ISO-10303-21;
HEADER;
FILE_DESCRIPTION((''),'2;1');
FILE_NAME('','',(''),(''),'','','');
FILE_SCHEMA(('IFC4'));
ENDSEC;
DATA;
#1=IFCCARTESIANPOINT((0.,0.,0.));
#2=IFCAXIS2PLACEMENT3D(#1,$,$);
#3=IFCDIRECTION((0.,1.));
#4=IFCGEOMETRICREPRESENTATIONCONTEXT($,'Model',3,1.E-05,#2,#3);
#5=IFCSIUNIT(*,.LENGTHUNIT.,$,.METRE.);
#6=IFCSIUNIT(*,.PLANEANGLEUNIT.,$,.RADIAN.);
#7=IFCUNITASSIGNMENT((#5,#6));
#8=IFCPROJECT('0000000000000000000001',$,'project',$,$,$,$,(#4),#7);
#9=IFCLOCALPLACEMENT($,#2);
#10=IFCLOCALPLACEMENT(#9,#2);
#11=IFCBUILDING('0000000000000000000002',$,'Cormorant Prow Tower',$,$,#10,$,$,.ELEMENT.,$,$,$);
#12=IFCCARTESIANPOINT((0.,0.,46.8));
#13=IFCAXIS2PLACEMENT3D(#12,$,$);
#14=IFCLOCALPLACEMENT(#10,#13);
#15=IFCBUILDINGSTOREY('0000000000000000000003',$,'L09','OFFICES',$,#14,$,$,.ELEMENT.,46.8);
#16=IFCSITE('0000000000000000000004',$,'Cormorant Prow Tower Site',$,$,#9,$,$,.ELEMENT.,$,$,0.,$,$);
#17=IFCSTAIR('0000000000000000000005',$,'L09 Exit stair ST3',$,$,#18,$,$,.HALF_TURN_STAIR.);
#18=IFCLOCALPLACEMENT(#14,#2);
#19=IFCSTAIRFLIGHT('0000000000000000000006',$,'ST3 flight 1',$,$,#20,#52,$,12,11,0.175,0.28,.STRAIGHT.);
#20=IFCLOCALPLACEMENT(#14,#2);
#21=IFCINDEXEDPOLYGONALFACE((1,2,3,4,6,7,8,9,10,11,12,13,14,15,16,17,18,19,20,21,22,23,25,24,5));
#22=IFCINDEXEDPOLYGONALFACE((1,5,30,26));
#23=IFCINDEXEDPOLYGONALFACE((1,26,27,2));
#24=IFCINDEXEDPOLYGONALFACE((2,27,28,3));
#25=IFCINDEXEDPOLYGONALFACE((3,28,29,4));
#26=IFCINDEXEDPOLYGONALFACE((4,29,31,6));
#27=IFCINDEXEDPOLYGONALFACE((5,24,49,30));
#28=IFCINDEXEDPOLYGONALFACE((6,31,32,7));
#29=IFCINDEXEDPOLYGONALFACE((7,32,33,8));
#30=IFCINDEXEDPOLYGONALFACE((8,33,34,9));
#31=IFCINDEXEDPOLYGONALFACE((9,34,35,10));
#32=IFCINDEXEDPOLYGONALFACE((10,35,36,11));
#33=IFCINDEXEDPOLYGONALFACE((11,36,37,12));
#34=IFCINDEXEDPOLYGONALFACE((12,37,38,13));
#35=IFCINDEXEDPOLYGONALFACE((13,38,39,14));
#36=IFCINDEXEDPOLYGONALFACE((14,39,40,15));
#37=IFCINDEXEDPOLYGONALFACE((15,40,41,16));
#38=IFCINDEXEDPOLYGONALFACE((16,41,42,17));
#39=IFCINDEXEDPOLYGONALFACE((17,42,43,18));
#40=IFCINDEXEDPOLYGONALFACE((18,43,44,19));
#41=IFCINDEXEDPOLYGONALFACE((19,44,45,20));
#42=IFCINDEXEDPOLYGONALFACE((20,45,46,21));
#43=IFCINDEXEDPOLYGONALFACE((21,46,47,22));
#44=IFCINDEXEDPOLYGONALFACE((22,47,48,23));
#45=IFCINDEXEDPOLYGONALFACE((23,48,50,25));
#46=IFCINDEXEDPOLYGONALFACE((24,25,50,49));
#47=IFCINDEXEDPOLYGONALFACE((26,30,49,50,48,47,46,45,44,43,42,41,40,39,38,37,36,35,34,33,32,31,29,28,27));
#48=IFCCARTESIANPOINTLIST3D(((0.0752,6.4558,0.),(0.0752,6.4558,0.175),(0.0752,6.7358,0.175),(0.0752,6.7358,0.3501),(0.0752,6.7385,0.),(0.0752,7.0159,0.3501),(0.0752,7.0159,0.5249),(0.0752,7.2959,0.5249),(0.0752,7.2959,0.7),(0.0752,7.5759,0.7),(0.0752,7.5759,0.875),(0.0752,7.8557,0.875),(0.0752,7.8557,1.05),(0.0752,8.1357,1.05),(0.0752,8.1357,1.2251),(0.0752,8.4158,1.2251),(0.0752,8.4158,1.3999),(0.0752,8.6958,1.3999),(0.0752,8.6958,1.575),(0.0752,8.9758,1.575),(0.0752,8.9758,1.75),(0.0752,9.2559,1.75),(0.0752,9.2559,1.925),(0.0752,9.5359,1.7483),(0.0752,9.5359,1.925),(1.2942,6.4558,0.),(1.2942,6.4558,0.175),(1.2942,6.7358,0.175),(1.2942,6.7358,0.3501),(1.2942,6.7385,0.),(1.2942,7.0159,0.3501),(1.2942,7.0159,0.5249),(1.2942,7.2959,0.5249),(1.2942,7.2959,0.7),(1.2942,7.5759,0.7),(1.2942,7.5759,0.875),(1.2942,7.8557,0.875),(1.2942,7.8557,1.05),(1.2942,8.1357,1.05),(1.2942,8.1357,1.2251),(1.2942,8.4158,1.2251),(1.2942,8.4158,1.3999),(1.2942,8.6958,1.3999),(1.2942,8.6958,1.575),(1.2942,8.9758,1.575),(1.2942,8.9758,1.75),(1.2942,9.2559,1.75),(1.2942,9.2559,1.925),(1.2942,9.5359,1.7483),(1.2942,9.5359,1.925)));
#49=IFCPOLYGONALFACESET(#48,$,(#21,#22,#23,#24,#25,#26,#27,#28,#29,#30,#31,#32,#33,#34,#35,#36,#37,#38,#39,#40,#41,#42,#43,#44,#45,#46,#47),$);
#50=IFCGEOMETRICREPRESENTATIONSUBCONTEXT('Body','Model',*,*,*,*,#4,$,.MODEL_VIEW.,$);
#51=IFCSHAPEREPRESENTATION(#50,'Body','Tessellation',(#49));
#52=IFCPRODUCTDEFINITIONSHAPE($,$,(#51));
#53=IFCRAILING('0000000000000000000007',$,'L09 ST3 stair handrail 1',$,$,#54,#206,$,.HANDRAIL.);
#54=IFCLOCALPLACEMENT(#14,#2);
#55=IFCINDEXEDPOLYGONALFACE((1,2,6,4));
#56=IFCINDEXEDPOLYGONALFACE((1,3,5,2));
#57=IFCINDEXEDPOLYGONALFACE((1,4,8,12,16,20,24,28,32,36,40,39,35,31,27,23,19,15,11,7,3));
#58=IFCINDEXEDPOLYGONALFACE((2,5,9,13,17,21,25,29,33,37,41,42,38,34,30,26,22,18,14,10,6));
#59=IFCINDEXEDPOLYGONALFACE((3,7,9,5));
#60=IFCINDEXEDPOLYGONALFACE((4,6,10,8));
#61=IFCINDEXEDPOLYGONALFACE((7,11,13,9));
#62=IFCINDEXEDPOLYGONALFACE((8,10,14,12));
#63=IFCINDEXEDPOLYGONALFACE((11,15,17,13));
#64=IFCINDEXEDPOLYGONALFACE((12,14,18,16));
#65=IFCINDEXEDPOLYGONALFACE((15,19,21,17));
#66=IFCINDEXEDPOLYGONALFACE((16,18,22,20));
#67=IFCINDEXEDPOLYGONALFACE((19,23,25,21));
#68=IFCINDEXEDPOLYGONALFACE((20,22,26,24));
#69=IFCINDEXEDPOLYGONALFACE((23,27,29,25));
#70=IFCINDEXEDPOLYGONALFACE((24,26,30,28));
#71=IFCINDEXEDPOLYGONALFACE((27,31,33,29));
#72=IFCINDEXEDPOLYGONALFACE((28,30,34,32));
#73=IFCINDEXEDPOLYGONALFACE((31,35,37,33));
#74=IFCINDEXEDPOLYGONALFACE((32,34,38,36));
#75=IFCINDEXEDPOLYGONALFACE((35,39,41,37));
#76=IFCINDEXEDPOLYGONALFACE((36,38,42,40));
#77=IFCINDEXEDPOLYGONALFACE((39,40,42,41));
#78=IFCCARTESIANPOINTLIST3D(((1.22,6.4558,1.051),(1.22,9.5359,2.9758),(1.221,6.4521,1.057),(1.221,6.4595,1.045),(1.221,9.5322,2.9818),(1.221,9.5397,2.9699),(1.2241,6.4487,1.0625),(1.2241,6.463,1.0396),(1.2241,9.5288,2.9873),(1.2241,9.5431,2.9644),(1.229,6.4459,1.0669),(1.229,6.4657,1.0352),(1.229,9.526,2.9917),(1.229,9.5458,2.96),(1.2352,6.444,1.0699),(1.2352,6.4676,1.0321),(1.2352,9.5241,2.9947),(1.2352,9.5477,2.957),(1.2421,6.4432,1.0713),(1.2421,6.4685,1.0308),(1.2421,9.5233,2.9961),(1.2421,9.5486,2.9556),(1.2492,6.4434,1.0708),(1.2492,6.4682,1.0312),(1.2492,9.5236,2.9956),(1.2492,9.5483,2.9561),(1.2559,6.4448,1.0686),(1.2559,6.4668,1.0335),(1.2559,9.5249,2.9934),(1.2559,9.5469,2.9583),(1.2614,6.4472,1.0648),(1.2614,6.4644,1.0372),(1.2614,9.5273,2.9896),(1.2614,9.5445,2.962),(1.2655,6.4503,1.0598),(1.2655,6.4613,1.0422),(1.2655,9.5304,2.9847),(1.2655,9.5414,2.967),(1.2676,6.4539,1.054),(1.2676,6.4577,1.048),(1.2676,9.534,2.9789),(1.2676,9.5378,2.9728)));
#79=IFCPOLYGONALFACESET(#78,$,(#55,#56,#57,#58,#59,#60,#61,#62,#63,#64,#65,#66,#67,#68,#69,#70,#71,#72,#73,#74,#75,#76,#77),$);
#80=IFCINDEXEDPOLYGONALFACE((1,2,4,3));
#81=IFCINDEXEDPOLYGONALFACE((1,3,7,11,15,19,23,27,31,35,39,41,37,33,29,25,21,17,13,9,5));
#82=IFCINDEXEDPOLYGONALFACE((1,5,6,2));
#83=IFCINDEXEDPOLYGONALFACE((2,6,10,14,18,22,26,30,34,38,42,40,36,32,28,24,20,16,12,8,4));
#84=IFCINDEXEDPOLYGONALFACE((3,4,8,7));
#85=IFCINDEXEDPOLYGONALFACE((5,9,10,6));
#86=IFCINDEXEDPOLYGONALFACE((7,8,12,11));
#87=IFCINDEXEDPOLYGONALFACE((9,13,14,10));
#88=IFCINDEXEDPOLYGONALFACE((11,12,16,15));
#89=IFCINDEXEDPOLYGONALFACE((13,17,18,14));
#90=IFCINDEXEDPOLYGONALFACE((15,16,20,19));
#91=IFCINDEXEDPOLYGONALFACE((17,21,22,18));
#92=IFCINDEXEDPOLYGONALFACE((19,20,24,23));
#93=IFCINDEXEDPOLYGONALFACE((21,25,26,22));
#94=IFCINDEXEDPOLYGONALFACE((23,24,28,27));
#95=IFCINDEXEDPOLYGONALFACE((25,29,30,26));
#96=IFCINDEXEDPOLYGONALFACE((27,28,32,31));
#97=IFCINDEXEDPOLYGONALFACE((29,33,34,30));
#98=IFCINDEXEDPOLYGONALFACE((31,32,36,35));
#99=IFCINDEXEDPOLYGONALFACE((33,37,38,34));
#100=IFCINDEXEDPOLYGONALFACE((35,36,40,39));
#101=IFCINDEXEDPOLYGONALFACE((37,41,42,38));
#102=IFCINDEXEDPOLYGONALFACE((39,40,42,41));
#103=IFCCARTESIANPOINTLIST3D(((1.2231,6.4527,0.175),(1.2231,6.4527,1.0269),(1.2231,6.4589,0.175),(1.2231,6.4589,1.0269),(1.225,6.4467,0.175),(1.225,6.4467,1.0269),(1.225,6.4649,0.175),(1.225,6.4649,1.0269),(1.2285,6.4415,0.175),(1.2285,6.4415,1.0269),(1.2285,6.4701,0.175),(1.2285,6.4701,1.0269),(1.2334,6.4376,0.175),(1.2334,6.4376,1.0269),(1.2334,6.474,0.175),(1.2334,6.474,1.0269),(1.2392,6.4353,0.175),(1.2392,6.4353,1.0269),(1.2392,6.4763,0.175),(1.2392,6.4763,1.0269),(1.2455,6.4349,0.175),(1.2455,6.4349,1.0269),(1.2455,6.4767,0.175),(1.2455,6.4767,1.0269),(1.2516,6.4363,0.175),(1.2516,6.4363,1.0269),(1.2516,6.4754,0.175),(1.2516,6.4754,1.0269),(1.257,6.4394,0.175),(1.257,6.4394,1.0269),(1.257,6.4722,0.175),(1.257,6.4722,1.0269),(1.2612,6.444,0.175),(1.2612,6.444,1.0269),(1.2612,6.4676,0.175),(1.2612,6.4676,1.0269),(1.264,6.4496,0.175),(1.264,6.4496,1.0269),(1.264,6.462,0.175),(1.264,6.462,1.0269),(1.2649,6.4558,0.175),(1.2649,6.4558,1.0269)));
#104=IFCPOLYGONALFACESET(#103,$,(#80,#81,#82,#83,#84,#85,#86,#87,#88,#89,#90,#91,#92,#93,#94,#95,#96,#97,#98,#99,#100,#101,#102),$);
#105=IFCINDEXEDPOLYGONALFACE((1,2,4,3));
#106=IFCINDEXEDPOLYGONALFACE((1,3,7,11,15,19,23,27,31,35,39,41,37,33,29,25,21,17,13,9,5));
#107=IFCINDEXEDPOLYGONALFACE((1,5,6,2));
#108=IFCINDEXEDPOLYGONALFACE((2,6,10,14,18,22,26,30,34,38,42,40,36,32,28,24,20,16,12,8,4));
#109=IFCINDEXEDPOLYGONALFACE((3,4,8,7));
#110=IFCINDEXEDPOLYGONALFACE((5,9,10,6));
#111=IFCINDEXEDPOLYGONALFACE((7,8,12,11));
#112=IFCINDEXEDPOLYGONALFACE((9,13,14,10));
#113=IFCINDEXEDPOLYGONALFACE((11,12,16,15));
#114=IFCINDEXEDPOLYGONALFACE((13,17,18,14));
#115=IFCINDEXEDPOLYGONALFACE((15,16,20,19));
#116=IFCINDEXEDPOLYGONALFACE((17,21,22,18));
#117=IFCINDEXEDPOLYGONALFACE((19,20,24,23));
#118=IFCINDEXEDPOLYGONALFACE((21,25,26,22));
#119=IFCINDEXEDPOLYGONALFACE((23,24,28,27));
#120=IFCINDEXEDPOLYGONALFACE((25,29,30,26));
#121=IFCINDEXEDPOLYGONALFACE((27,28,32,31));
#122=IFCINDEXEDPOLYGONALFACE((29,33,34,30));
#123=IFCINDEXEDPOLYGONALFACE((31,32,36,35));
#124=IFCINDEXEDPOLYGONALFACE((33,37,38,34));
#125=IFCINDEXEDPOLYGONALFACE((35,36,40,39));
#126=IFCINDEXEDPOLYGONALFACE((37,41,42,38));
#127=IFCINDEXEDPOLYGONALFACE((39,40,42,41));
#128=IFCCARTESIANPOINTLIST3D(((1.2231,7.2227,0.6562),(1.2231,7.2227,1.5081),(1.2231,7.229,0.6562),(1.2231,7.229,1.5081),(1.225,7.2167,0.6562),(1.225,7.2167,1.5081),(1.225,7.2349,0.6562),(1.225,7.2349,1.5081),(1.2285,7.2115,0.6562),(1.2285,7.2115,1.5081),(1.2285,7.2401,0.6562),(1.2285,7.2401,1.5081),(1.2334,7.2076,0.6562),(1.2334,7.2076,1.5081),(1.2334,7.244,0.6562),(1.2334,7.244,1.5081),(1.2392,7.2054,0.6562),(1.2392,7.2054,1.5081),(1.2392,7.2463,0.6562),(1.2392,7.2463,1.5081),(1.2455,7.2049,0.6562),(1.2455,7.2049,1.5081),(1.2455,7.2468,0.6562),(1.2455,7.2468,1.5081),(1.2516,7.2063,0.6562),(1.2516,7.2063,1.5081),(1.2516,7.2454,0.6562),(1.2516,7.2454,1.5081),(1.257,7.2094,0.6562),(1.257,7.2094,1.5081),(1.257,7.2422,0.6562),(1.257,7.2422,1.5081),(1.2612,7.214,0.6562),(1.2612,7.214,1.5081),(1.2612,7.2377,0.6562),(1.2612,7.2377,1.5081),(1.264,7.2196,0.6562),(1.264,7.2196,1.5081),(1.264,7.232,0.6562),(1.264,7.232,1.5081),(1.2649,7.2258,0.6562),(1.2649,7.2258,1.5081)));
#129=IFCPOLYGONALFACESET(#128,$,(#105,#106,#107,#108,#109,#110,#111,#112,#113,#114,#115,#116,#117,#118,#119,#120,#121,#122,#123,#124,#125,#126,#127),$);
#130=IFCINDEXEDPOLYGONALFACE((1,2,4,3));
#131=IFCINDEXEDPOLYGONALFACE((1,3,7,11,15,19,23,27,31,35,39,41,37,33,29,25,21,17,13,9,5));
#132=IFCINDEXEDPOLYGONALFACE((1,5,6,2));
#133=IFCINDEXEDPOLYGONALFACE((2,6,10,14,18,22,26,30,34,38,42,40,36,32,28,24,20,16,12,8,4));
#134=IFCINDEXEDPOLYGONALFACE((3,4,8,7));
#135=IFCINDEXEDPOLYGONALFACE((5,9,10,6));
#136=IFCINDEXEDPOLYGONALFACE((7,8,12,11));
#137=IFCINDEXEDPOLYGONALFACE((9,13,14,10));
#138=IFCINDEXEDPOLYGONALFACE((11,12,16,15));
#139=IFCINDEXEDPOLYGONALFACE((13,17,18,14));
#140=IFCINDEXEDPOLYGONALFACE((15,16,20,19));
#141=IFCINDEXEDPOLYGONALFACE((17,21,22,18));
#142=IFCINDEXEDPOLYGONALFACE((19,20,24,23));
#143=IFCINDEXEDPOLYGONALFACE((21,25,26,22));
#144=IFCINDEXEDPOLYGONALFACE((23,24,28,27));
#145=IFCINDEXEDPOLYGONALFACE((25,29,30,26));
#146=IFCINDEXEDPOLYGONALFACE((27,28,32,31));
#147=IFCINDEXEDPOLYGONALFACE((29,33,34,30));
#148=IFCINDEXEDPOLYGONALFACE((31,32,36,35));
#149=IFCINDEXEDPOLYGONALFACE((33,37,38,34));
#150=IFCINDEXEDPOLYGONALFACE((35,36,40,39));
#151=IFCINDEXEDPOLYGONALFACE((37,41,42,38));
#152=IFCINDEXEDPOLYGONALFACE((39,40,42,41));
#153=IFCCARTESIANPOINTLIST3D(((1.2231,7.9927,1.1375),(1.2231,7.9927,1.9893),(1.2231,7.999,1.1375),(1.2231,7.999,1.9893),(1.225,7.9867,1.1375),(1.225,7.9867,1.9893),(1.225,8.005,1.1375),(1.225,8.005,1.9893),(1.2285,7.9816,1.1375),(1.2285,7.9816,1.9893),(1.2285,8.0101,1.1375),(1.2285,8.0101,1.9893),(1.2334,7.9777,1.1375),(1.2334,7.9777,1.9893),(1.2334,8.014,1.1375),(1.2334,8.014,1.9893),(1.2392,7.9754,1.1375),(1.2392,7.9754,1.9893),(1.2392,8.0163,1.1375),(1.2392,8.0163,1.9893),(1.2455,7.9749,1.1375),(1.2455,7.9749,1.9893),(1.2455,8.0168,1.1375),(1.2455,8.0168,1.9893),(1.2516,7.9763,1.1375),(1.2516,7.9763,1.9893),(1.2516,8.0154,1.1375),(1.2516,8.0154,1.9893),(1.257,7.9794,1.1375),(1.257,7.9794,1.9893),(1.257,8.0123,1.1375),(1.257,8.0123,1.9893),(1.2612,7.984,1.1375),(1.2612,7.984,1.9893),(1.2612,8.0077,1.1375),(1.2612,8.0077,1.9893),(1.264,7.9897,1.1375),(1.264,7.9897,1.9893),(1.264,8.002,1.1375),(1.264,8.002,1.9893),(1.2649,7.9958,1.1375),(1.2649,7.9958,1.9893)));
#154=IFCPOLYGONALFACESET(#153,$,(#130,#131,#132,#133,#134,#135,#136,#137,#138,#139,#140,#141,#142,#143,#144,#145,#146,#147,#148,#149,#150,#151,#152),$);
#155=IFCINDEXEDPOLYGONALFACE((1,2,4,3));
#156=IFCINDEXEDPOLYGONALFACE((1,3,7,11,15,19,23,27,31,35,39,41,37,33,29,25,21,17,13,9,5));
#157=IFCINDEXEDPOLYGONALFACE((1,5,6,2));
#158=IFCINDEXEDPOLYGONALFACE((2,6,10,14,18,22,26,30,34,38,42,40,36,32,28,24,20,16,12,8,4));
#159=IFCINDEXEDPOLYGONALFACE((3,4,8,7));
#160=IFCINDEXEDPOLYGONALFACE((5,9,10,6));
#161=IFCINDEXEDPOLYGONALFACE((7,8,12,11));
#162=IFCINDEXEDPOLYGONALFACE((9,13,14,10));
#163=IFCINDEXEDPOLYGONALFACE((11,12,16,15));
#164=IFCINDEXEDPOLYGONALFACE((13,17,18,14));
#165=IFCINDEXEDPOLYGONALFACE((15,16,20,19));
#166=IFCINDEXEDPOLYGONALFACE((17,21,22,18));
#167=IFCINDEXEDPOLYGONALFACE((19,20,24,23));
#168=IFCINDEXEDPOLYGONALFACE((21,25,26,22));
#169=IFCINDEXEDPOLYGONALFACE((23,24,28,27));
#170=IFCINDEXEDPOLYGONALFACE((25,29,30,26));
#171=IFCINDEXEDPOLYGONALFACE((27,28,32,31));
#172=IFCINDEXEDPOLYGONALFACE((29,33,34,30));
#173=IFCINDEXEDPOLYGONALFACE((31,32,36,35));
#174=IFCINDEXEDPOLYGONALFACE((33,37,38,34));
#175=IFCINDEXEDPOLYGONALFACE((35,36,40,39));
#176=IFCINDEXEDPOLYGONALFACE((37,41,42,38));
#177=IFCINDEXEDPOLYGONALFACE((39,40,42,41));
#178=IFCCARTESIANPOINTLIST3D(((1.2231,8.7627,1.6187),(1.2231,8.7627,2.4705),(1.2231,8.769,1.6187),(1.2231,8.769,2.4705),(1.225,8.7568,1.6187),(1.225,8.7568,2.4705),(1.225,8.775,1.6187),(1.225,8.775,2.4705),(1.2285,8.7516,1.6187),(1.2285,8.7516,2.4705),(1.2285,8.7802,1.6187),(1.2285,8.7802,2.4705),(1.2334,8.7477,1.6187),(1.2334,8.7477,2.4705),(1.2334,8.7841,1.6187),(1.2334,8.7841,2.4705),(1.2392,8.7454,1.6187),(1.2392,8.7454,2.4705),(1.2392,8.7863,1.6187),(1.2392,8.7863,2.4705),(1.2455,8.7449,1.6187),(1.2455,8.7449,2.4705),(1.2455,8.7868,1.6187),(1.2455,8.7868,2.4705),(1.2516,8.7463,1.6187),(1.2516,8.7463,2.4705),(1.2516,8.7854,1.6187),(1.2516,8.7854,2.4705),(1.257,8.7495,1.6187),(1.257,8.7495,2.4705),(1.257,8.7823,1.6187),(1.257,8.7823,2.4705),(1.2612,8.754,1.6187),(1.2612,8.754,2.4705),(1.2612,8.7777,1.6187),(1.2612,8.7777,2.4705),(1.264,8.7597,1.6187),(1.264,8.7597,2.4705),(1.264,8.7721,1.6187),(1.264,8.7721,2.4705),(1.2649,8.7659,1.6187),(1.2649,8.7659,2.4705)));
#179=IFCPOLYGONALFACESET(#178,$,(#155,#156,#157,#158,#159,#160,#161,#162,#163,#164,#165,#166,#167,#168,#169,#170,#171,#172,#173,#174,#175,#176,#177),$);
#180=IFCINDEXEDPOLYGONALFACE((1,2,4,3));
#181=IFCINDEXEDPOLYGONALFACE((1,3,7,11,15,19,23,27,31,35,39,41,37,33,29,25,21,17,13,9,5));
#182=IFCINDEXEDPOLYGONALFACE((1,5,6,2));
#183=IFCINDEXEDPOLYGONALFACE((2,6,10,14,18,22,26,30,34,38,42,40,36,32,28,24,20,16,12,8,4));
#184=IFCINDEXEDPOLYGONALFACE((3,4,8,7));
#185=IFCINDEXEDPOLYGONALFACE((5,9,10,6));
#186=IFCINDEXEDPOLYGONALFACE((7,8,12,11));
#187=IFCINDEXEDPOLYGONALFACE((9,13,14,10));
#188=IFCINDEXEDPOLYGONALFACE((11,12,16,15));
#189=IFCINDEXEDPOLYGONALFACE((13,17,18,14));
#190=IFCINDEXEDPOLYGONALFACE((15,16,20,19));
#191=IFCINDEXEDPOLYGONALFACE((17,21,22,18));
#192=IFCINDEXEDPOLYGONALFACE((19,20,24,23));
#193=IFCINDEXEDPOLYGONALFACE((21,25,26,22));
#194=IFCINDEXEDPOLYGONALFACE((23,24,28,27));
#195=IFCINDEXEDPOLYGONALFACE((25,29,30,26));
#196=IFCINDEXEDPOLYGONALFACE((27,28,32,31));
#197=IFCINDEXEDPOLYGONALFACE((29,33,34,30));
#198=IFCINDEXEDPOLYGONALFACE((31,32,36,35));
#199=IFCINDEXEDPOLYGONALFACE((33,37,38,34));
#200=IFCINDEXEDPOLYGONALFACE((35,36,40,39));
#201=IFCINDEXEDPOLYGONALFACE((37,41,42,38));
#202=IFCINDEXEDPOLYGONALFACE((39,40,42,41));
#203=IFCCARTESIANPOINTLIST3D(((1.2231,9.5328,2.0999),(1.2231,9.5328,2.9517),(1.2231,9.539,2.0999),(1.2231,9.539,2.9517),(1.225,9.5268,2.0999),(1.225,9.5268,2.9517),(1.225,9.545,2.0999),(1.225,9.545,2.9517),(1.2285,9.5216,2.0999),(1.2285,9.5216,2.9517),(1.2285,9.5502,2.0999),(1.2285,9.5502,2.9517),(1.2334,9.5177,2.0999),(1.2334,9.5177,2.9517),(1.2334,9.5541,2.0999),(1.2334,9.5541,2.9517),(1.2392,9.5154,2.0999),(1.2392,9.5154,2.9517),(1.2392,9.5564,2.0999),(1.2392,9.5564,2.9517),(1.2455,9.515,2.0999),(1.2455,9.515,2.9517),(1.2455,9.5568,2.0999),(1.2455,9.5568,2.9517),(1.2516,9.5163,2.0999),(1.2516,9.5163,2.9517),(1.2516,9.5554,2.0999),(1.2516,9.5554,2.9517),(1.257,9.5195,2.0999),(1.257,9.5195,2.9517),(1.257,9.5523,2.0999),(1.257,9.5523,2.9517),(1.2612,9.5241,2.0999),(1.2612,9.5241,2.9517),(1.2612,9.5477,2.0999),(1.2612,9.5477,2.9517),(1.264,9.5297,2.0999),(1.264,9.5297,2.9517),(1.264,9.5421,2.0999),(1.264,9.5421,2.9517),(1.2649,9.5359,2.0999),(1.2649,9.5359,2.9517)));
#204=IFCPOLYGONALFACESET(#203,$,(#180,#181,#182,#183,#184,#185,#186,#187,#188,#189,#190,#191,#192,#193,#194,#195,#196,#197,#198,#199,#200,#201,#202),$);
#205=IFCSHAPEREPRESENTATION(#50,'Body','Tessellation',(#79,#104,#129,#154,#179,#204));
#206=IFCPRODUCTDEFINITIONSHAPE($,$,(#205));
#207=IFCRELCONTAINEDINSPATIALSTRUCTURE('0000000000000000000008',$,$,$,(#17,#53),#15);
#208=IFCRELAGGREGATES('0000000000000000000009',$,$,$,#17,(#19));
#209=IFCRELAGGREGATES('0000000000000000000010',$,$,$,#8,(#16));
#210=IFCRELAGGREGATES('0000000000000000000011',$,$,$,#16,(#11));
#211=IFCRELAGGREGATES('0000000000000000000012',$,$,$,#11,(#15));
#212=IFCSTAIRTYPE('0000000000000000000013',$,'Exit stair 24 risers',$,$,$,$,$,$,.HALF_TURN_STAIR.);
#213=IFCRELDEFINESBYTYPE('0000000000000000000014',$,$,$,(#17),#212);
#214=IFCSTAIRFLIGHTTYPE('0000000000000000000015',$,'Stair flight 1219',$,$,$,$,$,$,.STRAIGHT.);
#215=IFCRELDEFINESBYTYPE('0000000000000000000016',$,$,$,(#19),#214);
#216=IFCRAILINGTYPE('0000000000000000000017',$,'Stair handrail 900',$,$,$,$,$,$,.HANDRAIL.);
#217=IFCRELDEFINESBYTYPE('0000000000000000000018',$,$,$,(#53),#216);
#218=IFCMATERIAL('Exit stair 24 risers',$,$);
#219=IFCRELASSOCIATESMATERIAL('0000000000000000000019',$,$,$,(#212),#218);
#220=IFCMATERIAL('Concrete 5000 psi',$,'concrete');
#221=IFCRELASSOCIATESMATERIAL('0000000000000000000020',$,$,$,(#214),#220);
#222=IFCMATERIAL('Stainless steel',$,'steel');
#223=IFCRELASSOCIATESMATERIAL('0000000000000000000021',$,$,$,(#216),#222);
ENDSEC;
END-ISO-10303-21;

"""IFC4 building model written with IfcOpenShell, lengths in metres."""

from ifc_helpers import new_model, si_unit, direction, frame, origin, origin_2d, place, context, subcontext, project, spatial, polyline, circle, outline, extrude, material, type_object, element, aggregate, save


model = new_model("IFC4")

# Units and contexts
model_context = context("Model", 3, precision=1e-05, world=origin(), true_north=direction((0.0, 1.0)))
body_context = subcontext(model_context, "Body", "Model", "MODEL_VIEW")
ifc_project = project(units=[si_unit("LENGTHUNIT", "METRE"), si_unit("PLANEANGLEUNIT", "RADIAN")], contexts=[model_context])

# Site, building, storey
site_placement = place(None, origin())
site = spatial("IfcSite", under=ifc_project, at=site_placement, Name="Cormorant Prow Tower Site", CompositionType="ELEMENT", RefElevation=0.0)
building_placement = place(site_placement, origin())
building = spatial("IfcBuilding", under=site, at=building_placement, Name="Cormorant Prow Tower", CompositionType="ELEMENT")
storey_placement = place(building_placement, frame((0.0, 0.0, 46.8)))
storey = spatial("IfcBuildingStorey", under=building, at=storey_placement, Name="L09", Description="OFFICES", CompositionType="ELEMENT", Elevation=46.8)

# Stair
ifc_material_1 = material(Name="Exit stair 24 risers")
stair_type = type_object("IfcStairType", Name="Exit stair 24 risers", PredefinedType="HALF_TURN_STAIR", material=ifc_material_1)
stair_1_placement = place(storey_placement, origin())
stair_1 = element("IfcStair", 1, at=stair_1_placement, inside=storey, type_object=stair_type, Name="L09 Exit stair ST3", PredefinedType="HALF_TURN_STAIR")

# Stair flight
ifc_material_2 = material(Name="Concrete 5000 psi", Category="concrete")
stair_flight_type = type_object("IfcStairFlightType", Name="Stair flight 1219", PredefinedType="STRAIGHT", material=ifc_material_2)
stair_flight_placement = place(storey_placement, frame((0.6846, 6.4558, 0.0), z_axis=(0.0, 0.0, 1.0), x_axis=(0.0, 1.0, 0.0)))
stair_flight = element("IfcStairFlight", 2, at=stair_flight_placement, type_object=stair_flight_type, Name="ST3 flight 1", NumberOfRisers=12, NumberOfTreads=11, PredefinedType="STRAIGHT", RiserHeight=0.175, TreadLength=0.28, context=body_context, shape_type="SweptSolid", body=[
    extrude(outline(polyline([(0.0, 0.0), (0.0, 0.175), (0.28, 0.175), (0.28, 0.3501), (0.5601, 0.3501), (0.5601, 0.5249), (0.8401, 0.5249), (0.8401, 0.7), (1.1201, 0.7), (1.1201, 0.875), (1.3999, 0.875), (1.3999, 1.05), (1.6799, 1.05), (1.6799, 1.2251), (1.96, 1.2251), (1.96, 1.3999), (2.24, 1.3999), (2.24, 1.575), (2.52, 1.575), (2.52, 1.75), (2.8, 1.75), (2.8, 1.925), (3.0801, 1.925), (3.0801, 2.1001), (3.0801, 1.7483), (0.2827, 0.0), (0.0, 0.0)])), frame((0.0, 0.6094, 0.0), z_axis=(0.0, -1.0, 0.0), x_axis=(1.0, 0.0, 0.0)), (0.0, 0.0, 1.0), 1.219),
])
aggregate(stair_1, [stair_flight])

# Railing
ifc_material_3 = material(Name="Stainless steel", Category="steel")
railing_type_1 = type_object("IfcRailingType", Name="Stair handrail 900", PredefinedType="HANDRAIL", material=ifc_material_3)
railing_1_placement = place(storey_placement, frame((1.2439, 6.4558, 0.175)))
element("IfcRailing", 3, at=railing_1_placement, inside=storey, type_object=railing_type_1, Name="L09 ST3 stair handrail 1", PredefinedType="HANDRAIL", context=body_context, shape_type="SweptSolid", body=[
    extrude(circle(Radius=0.0239, at=origin_2d()), frame((0.0, 0.0, 0.876), z_axis=(0.0, 0.848029, 0.529951), x_axis=(-1.0, 0.0, 0.0)), (0.0, 0.0, 1.0), 3.6321),
    extrude(circle(Radius=0.021, at=origin_2d()), origin(), (0.0, 0.0, 1.0), 0.8518),
    extrude(circle(Radius=0.021, at=origin_2d()), frame((0.0, 0.77, 0.4812)), (0.0, 0.0, 1.0), 0.8518),
    extrude(circle(Radius=0.021, at=origin_2d()), frame((0.0, 1.54, 0.9624)), (0.0, 0.0, 1.0), 0.8518),
    extrude(circle(Radius=0.021, at=origin_2d()), frame((0.0, 2.3101, 1.4436)), (0.0, 0.0, 1.0), 0.8518),
    extrude(circle(Radius=0.021, at=origin_2d()), frame((0.0, 3.0801, 1.9248)), (0.0, 0.0, 1.0), 0.8518),
])

save(model, "model.ifc")
